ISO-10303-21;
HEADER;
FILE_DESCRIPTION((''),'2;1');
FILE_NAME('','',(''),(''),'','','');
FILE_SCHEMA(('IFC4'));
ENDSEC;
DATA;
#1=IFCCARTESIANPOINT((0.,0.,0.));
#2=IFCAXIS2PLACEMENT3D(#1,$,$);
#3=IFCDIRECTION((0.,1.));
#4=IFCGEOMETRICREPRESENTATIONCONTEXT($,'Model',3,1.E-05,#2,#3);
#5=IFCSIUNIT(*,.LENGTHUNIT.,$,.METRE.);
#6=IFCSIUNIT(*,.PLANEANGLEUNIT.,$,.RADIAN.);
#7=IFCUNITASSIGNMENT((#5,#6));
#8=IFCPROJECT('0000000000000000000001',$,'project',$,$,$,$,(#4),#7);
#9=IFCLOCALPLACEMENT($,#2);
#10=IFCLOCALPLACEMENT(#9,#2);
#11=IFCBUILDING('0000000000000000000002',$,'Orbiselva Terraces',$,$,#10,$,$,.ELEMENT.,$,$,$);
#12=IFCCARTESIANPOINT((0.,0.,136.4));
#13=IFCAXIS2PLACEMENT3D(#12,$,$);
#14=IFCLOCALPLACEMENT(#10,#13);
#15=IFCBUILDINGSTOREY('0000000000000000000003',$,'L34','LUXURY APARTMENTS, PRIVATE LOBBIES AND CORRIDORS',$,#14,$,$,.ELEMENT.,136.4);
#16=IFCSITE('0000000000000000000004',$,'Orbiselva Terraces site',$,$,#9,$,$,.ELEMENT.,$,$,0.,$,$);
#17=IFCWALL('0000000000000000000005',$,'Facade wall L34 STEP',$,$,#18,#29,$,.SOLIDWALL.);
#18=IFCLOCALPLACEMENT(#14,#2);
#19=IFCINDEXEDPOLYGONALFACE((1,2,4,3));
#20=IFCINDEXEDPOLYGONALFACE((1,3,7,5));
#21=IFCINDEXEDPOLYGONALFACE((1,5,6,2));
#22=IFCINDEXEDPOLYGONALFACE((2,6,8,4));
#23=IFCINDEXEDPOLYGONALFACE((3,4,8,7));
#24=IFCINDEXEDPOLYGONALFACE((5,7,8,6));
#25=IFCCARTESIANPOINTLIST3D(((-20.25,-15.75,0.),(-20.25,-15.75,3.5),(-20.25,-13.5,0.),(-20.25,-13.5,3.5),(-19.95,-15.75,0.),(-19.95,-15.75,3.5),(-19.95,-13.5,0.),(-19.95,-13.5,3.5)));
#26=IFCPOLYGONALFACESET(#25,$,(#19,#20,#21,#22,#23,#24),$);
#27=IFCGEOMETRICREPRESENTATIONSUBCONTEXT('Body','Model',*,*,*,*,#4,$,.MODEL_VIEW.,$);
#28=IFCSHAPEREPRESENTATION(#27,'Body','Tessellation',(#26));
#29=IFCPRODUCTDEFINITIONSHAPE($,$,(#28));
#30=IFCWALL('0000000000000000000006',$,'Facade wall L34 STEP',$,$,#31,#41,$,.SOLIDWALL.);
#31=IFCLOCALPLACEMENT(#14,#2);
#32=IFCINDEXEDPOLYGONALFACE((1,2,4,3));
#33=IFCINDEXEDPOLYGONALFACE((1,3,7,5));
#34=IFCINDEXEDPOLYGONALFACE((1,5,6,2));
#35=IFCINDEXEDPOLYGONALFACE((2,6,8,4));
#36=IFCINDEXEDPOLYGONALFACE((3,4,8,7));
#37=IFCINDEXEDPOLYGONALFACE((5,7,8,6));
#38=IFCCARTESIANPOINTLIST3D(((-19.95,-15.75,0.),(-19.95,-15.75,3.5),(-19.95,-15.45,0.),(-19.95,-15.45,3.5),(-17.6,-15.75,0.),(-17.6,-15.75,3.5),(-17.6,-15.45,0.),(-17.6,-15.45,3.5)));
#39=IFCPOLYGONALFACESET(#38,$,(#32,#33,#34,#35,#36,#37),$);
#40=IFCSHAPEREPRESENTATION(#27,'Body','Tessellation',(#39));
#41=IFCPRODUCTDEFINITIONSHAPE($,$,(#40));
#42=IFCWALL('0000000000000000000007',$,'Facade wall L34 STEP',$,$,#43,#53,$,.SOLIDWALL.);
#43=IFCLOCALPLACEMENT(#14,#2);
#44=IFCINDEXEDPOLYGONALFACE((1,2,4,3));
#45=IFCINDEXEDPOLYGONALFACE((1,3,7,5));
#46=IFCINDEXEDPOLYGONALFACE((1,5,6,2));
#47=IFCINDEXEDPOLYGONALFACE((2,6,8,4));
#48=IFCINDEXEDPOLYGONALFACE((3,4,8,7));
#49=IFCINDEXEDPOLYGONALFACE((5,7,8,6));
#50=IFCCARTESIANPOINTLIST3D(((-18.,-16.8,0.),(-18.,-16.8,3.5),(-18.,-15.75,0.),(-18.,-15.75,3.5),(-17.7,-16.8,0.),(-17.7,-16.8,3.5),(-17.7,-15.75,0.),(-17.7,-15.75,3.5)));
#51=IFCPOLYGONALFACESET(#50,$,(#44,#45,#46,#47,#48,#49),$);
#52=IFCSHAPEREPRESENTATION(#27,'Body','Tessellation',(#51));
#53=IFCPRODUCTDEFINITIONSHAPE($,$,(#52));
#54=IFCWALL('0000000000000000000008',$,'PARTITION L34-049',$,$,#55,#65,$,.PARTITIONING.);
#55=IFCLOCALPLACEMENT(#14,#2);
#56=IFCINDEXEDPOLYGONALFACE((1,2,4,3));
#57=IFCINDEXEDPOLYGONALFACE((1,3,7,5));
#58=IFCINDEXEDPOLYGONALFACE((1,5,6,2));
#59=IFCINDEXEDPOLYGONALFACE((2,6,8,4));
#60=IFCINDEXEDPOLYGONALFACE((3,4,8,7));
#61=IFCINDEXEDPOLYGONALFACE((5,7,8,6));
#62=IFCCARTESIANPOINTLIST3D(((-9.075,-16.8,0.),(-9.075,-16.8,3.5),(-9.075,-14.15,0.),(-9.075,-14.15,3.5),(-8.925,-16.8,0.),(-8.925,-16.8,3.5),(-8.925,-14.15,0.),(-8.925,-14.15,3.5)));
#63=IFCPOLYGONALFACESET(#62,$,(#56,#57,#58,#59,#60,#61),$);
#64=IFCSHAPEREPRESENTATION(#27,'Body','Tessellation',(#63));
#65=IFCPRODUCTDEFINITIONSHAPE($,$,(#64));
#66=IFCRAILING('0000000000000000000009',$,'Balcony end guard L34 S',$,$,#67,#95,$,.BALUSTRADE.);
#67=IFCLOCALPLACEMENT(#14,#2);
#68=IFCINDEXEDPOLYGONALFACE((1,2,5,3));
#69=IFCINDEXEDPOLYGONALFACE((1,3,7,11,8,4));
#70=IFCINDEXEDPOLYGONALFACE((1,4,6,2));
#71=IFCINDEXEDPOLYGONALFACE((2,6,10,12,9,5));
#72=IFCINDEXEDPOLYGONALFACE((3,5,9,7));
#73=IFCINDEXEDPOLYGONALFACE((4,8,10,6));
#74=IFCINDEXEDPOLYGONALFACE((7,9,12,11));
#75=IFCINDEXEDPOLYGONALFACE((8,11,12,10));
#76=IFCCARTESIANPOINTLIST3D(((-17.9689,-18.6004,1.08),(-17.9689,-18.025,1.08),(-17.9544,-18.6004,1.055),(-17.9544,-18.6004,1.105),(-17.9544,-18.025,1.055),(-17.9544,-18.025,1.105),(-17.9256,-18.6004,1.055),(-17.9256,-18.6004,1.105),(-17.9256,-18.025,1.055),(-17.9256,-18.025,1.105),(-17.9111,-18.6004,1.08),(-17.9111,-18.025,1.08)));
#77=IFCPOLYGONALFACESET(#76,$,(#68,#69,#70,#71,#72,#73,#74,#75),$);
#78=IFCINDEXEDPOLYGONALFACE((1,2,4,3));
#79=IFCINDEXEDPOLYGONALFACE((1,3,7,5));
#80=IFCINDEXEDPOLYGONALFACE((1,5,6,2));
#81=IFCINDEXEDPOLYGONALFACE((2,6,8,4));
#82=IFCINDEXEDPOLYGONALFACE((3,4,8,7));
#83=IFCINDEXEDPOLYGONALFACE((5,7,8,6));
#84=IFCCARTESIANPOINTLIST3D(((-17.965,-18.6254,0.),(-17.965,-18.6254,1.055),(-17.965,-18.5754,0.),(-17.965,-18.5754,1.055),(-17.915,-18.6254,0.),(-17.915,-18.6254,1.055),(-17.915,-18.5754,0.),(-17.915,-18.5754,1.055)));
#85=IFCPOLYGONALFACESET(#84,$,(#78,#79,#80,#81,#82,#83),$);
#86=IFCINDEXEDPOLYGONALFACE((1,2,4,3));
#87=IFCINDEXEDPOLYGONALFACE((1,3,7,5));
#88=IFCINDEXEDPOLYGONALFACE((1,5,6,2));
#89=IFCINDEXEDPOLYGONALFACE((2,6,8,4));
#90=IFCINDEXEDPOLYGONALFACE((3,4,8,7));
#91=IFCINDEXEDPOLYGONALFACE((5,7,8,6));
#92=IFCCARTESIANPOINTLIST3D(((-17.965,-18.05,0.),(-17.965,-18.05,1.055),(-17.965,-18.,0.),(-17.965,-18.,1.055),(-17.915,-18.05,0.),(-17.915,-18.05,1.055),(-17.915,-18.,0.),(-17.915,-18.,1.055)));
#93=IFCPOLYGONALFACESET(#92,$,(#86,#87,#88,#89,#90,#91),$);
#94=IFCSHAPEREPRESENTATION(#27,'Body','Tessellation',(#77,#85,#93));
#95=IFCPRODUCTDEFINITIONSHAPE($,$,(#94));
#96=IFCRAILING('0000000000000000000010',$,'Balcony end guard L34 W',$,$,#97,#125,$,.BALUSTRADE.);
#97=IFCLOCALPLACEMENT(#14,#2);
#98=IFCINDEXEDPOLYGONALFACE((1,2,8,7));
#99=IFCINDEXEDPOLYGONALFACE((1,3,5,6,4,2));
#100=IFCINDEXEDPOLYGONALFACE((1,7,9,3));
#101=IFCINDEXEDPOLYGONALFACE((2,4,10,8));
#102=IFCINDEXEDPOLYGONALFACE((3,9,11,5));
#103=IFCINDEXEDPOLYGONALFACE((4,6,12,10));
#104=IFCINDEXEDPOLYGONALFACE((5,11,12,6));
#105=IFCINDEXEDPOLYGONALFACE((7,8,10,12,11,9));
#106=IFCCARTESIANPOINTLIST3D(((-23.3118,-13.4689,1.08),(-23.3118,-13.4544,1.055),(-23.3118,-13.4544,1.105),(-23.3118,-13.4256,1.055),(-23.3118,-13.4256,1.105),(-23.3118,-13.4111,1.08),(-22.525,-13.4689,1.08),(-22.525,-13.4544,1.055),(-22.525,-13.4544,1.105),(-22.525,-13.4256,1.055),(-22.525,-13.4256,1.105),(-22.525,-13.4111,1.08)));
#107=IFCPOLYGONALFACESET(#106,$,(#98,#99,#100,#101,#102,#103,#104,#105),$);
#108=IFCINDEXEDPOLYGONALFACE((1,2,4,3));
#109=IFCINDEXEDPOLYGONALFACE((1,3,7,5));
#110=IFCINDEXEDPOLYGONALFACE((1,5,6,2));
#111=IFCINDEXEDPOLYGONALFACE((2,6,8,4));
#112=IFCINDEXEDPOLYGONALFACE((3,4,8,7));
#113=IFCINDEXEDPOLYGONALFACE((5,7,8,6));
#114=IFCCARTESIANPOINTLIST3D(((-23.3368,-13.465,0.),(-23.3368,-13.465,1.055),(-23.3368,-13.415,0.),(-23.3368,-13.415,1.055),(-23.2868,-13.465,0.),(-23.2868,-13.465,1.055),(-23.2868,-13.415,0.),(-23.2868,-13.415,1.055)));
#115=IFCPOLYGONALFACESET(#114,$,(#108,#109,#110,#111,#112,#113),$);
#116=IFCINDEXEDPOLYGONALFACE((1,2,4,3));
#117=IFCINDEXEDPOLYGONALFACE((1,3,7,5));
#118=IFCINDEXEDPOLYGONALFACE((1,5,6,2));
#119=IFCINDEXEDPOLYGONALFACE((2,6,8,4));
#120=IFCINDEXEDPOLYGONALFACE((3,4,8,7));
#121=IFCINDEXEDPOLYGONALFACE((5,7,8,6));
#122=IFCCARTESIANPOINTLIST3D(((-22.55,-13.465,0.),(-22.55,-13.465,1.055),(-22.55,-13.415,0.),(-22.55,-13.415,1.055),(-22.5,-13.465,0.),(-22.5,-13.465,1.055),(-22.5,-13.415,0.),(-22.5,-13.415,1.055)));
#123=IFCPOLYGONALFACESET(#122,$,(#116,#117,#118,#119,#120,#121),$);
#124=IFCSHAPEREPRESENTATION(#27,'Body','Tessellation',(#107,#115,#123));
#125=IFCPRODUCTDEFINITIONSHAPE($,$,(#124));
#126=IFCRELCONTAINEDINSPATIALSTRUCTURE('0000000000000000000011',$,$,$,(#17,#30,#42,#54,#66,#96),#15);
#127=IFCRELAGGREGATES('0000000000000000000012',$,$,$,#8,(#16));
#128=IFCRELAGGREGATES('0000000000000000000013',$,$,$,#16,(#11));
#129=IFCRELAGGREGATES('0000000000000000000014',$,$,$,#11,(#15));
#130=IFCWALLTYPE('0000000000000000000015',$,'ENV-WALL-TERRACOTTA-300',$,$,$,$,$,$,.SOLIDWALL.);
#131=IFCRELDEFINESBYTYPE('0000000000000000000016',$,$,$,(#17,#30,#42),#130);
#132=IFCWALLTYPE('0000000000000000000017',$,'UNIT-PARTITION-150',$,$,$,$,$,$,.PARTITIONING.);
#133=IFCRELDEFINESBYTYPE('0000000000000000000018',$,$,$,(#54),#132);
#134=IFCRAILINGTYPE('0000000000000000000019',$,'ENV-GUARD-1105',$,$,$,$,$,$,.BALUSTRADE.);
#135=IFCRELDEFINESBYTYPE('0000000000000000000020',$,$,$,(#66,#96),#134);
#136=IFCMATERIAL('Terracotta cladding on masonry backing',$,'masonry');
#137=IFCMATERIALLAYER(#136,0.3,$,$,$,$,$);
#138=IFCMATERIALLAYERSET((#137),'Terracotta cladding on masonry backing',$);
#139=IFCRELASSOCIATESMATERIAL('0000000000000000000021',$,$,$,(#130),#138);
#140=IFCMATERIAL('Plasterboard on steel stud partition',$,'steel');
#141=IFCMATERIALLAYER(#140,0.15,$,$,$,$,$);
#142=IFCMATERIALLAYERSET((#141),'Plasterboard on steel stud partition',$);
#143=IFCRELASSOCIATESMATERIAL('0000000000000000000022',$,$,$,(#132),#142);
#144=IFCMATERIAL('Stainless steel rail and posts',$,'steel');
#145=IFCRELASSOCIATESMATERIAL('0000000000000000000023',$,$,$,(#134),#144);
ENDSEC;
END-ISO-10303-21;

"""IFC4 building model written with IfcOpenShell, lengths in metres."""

from ifc_helpers import new_model, si_unit, direction, frame, frame_2d, origin, origin_2d, place, context, subcontext, project, spatial, polyline, rectangle, outline, extrude, material, layer, layer_set, type_object, element, save


model = new_model("IFC4")

# Units and contexts
model_context = context("Model", 3, precision=1e-05, world=origin(), true_north=direction((0.0, 1.0)))
body_context = subcontext(model_context, "Body", "Model", "MODEL_VIEW")
ifc_project = project(units=[si_unit("LENGTHUNIT", "METRE"), si_unit("PLANEANGLEUNIT", "RADIAN")], contexts=[model_context])

# Site, building, storey
site_placement = place(None, origin())
site = spatial("IfcSite", under=ifc_project, at=site_placement, Name="Orbiselva Terraces site", CompositionType="ELEMENT", RefElevation=0.0)
building_placement = place(site_placement, origin())
building = spatial("IfcBuilding", under=site, at=building_placement, Name="Orbiselva Terraces", CompositionType="ELEMENT")
storey_placement = place(building_placement, frame((0.0, 0.0, 136.4)))
storey = spatial("IfcBuildingStorey", under=building, at=storey_placement, Name="L34", Description="LUXURY APARTMENTS, PRIVATE LOBBIES AND CORRIDORS", CompositionType="ELEMENT", Elevation=136.4)

# Shared definitions
ifc_material_1 = material(Name="Terracotta cladding on masonry backing", Category="masonry")
ifc_layer_1 = layer(ifc_material_1, 0.3)
ifc_layer_set_1 = layer_set([ifc_layer_1], Name="Terracotta cladding on masonry backing")
wall_type_1 = type_object("IfcWallType", Name="ENV-WALL-TERRACOTTA-300", PredefinedType="SOLIDWALL", material=ifc_layer_set_1)

# Walls
wall_1_placement = place(storey_placement, frame((-20.1, -15.75, 0.0), z_axis=(0.0, 0.0, 1.0), x_axis=(0.0, 1.0, 0.0)))
element("IfcWall", 1, at=wall_1_placement, inside=storey, type_object=wall_type_1, Name="Facade wall L34 STEP", PredefinedType="SOLIDWALL", context=body_context, shape_type="SweptSolid", body=[
    extrude(rectangle(XDim=2.25, YDim=0.3, at=frame_2d((1.125, 0.0))), origin(), (0.0, 0.0, 1.0), 3.5),
])
wall_2_placement = place(storey_placement, frame((-17.6, -15.6, 0.0), z_axis=(0.0, 0.0, 1.0), x_axis=(-1.0, 0.0, 0.0)))
element("IfcWall", 2, at=wall_2_placement, inside=storey, type_object=wall_type_1, Name="Facade wall L34 STEP", PredefinedType="SOLIDWALL", context=body_context, shape_type="SweptSolid", body=[
    extrude(rectangle(XDim=2.35, YDim=0.3, at=frame_2d((1.175, 0.0))), origin(), (0.0, 0.0, 1.0), 3.5),
])
wall_3_placement = place(storey_placement, frame((-17.85, -16.8, 0.0), z_axis=(0.0, 0.0, 1.0), x_axis=(0.0, 1.0, 0.0)))
element("IfcWall", 3, at=wall_3_placement, inside=storey, type_object=wall_type_1, Name="Facade wall L34 STEP", PredefinedType="SOLIDWALL", context=body_context, shape_type="SweptSolid", body=[
    extrude(rectangle(XDim=1.05, YDim=0.3, at=frame_2d((0.525, 0.0))), origin(), (0.0, 0.0, 1.0), 3.5),
])
ifc_material_2 = material(Name="Plasterboard on steel stud partition", Category="steel")
ifc_layer_2 = layer(ifc_material_2, 0.15)
ifc_layer_set_2 = layer_set([ifc_layer_2], Name="Plasterboard on steel stud partition")
wall_type_2 = type_object("IfcWallType", Name="UNIT-PARTITION-150", PredefinedType="PARTITIONING", material=ifc_layer_set_2)
wall_4_placement = place(storey_placement, frame((-9.0, -16.8, 0.0), z_axis=(0.0, 0.0, 1.0), x_axis=(0.0, 1.0, 0.0)))
element("IfcWall", 4, at=wall_4_placement, inside=storey, type_object=wall_type_2, Name="PARTITION L34-049", PredefinedType="PARTITIONING", context=body_context, shape_type="SweptSolid", body=[
    extrude(rectangle(XDim=2.65, YDim=0.15, at=frame_2d((1.325, 0.0))), origin(), (0.0, 0.0, 1.0), 3.5),
])

# Railings
ifc_material_3 = material(Name="Stainless steel rail and posts", Category="steel")
railing_type_1 = type_object("IfcRailingType", Name="ENV-GUARD-1105", PredefinedType="BALUSTRADE", material=ifc_material_3)
railing_1_placement = place(storey_placement, frame((-17.94, -18.6004, 0.0)))
element("IfcRailing", 5, at=railing_1_placement, inside=storey, type_object=railing_type_1, Name="Balcony end guard L34 S", PredefinedType="BALUSTRADE", context=body_context, shape_type="SweptSolid", body=[
    extrude(outline(polyline([(0.0289, 0.0), (0.0144, 0.025), (-0.0144, 0.025), (-0.0289, 0.0), (-0.0144, -0.025), (0.0144, -0.025), (0.0289, 0.0)])), frame((0.0, 0.0, 1.08), z_axis=(0.0, 1.0, 0.0), x_axis=(-1.0, 0.0, 0.0)), (0.0, 0.0, 1.0), 0.5754),
    extrude(rectangle(XDim=0.05, YDim=0.05, at=origin_2d()), origin(), (0.0, 0.0, 1.0), 1.055),
    extrude(rectangle(XDim=0.05, YDim=0.05, at=origin_2d()), frame((0.0, 0.5754, 0.0)), (0.0, 0.0, 1.0), 1.055),
])
railing_2_placement = place(storey_placement, frame((-23.3118, -13.44, 0.0)))
element("IfcRailing", 6, at=railing_2_placement, inside=storey, type_object=railing_type_1, Name="Balcony end guard L34 W", PredefinedType="BALUSTRADE", context=body_context, shape_type="SweptSolid", body=[
    extrude(outline(polyline([(0.0289, 0.0), (0.0144, 0.025), (-0.0144, 0.025), (-0.0289, 0.0), (-0.0144, -0.025), (0.0144, -0.025), (0.0289, 0.0)])), frame((0.0, 0.0, 1.08), z_axis=(1.0, 0.0, 0.0), x_axis=(0.0, 1.0, 0.0)), (0.0, 0.0, 1.0), 0.7868),
    extrude(rectangle(XDim=0.05, YDim=0.05, at=origin_2d()), origin(), (0.0, 0.0, 1.0), 1.055),
    extrude(rectangle(XDim=0.05, YDim=0.05, at=origin_2d()), frame((0.7868, 0.0, 0.0)), (0.0, 0.0, 1.0), 1.055),
])

save(model, "model.ifc")
